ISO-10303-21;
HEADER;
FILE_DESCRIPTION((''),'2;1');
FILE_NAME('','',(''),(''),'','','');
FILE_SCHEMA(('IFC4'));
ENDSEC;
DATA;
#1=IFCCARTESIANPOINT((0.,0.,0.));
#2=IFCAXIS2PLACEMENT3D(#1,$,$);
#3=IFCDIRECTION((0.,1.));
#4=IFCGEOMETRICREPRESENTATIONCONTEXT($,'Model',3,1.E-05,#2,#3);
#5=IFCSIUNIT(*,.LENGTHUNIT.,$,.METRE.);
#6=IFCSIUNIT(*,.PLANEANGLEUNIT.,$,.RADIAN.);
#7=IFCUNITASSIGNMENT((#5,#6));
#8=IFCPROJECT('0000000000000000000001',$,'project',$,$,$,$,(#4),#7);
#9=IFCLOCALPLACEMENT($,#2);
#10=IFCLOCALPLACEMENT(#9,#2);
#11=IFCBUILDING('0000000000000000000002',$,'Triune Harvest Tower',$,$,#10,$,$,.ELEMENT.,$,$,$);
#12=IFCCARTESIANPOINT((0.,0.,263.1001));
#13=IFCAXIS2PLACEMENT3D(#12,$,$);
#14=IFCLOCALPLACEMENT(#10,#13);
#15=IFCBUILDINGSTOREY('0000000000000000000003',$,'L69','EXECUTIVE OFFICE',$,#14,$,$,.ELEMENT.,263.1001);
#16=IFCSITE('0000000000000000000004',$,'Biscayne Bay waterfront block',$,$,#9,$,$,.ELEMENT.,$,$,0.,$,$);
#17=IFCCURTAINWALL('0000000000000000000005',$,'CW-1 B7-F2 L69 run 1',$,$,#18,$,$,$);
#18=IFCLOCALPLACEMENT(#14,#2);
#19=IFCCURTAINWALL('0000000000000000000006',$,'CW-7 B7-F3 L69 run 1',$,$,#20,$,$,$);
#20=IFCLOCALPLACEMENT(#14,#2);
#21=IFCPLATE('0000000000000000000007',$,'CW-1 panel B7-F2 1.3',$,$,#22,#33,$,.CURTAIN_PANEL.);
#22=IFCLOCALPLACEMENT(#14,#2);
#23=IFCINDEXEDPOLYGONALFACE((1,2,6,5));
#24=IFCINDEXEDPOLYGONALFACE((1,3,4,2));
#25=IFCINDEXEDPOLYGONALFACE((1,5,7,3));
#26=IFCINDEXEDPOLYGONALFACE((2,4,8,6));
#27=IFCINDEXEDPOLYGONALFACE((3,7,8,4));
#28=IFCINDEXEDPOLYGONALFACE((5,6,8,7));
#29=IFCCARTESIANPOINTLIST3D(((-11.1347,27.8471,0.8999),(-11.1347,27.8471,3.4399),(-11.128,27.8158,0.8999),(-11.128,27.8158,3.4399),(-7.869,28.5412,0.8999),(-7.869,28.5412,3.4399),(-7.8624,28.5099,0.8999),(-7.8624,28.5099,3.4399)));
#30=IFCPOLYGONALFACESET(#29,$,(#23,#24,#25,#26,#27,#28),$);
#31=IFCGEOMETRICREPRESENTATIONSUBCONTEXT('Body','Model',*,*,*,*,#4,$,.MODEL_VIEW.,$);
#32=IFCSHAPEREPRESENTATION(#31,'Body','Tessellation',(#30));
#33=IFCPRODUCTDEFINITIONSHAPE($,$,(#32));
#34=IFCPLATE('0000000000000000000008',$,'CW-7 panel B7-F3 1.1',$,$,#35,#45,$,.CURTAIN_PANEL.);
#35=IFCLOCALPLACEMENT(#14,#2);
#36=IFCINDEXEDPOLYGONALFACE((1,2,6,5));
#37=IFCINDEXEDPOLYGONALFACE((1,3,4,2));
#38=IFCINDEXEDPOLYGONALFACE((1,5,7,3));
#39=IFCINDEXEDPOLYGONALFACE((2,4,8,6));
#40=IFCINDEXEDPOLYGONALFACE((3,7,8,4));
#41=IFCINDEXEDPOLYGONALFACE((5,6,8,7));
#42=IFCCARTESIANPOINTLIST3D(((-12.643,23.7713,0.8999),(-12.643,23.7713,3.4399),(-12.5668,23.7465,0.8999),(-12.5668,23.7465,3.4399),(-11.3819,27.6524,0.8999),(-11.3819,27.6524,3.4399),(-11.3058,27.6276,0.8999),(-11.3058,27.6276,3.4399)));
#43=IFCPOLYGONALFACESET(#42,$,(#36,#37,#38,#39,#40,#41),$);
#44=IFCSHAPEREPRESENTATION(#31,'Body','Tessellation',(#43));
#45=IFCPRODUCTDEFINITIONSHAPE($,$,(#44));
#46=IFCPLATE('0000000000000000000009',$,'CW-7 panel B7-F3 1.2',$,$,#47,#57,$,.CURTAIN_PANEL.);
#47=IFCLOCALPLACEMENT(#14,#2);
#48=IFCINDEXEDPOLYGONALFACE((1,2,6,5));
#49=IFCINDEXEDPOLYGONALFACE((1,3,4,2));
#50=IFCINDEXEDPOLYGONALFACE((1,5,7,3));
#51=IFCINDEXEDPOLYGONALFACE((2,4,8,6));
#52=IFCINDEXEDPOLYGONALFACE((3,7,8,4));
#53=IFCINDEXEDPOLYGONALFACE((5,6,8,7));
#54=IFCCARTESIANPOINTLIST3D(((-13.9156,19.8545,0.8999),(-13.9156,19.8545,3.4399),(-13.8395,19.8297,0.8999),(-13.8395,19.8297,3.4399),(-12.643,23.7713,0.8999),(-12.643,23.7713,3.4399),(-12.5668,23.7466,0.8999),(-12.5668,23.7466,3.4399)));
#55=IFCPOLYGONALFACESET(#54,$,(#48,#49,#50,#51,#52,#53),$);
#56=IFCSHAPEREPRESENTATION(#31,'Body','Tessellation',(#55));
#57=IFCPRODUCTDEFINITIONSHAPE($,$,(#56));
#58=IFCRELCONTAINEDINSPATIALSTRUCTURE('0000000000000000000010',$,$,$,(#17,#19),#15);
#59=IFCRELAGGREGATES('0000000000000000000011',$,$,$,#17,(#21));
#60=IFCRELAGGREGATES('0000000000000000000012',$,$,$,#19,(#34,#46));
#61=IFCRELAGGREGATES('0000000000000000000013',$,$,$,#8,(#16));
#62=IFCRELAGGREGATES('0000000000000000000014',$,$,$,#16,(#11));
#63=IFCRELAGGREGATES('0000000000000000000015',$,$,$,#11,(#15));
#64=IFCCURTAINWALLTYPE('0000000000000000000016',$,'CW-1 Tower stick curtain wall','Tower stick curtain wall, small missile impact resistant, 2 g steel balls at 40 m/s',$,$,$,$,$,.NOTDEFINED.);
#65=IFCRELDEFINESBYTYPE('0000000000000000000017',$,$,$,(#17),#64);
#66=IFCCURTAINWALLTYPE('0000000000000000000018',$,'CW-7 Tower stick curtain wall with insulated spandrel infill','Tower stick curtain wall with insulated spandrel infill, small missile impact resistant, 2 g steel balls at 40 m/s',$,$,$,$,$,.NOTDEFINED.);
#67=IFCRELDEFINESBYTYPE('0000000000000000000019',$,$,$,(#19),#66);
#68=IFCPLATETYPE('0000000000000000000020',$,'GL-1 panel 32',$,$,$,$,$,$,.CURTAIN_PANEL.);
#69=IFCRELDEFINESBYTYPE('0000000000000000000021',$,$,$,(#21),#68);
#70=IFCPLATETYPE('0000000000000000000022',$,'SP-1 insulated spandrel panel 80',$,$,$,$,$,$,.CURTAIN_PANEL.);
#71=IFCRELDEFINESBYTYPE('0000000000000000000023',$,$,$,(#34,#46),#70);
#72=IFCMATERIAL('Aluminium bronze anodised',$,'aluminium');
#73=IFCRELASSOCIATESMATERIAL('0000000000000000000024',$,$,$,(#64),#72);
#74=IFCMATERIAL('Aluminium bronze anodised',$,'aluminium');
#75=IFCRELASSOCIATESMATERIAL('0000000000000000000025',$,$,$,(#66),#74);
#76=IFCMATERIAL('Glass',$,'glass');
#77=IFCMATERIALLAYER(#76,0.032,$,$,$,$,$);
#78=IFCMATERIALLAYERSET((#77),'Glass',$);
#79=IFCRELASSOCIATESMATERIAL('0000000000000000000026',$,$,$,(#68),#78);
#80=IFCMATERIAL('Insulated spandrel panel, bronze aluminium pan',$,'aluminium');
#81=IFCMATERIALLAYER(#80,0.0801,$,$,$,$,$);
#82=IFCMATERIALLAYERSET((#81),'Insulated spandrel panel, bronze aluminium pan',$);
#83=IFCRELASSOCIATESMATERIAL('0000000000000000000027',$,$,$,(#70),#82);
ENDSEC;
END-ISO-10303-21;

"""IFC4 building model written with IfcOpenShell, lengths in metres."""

from ifc_helpers import new_model, si_unit, direction, frame, origin, origin_2d, place, context, subcontext, project, spatial, rectangle, extrude, source, transform, mapped, material, layer, layer_set, type_object, element, aggregate, save


model = new_model("IFC4")

# Units and contexts
model_context = context("Model", 3, precision=1e-05, world=origin(), true_north=direction((0.0, 1.0)))
body_context = subcontext(model_context, "Body", "Model", "MODEL_VIEW")
ifc_project = project(units=[si_unit("LENGTHUNIT", "METRE"), si_unit("PLANEANGLEUNIT", "RADIAN")], contexts=[model_context])

# Site, building, storey
site_placement = place(None, origin())
site = spatial("IfcSite", under=ifc_project, at=site_placement, Name="Biscayne Bay waterfront block", CompositionType="ELEMENT", RefElevation=0.0)
building_placement = place(site_placement, origin())
building = spatial("IfcBuilding", under=site, at=building_placement, Name="Triune Harvest Tower", CompositionType="ELEMENT")
storey_placement = place(building_placement, frame((0.0, 0.0, 263.1001)))
storey = spatial("IfcBuildingStorey", under=building, at=storey_placement, Name="L69", Description="EXECUTIVE OFFICE", CompositionType="ELEMENT", Elevation=263.1001)

# Curtain wall
ifc_material_1 = material(Name="Aluminium bronze anodised", Category="aluminium")
curtain_wall_type_1 = type_object("IfcCurtainWallType", Name="CW-1 Tower stick curtain wall", Description="Tower stick curtain wall, small missile impact resistant, 2 g steel balls at 40 m/s", PredefinedType="NOTDEFINED", material=ifc_material_1)
curtain_wall_1_placement = place(storey_placement, origin())
curtain_wall_1 = element("IfcCurtainWall", 1, at=curtain_wall_1_placement, inside=storey, type_object=curtain_wall_type_1, Name="CW-1 B7-F2 L69 run 1")

# Curtain wall
ifc_material_2 = material(Name="Aluminium bronze anodised", Category="aluminium")
curtain_wall_type_2 = type_object("IfcCurtainWallType", Name="CW-7 Tower stick curtain wall with insulated spandrel infill", Description="Tower stick curtain wall with insulated spandrel infill, small missile impact resistant, 2 g steel balls at 40 m/s", PredefinedType="NOTDEFINED", material=ifc_material_2)
curtain_wall_2_placement = place(storey_placement, origin())
curtain_wall_2 = element("IfcCurtainWall", 2, at=curtain_wall_2_placement, inside=storey, type_object=curtain_wall_type_2, Name="CW-7 B7-F3 L69 run 1")

# Plates
ifc_material_3 = material(Name="Glass", Category="glass")
ifc_layer_1 = layer(ifc_material_3, 0.032)
ifc_layer_set_1 = layer_set([ifc_layer_1], Name="Glass")
plate_type_1 = type_object("IfcPlateType", Name="GL-1 panel 32", PredefinedType="CURTAIN_PANEL", material=ifc_layer_set_1)
shared_shape_1 = source(origin(), body_context, "Body", "SweptSolid", [
    extrude(rectangle(XDim=3.3386, YDim=0.032, at=origin_2d()), origin(), (0.0, 0.0, 1.0), 2.54),
])
plate_1_placement = place(storey_placement, frame((-9.4985, 28.1785, 0.8999), z_axis=(0.0, 0.0, 1.0), x_axis=(-0.978149, -0.207905, 0.0)))
plate_1 = element("IfcPlate", 3, at=plate_1_placement, type_object=plate_type_1, Name="CW-1 panel B7-F2 1.3", PredefinedType="CURTAIN_PANEL", context=body_context, shape_type="MappedRepresentation", body=[
    mapped(shared_shape_1, transform((0.0, 0.0, 0.0), scale=1.0)),
])
aggregate(curtain_wall_1, [plate_1])
ifc_material_4 = material(Name="Insulated spandrel panel, bronze aluminium pan", Category="aluminium")
ifc_layer_2 = layer(ifc_material_4, 0.0801)
ifc_layer_set_2 = layer_set([ifc_layer_2], Name="Insulated spandrel panel, bronze aluminium pan")
plate_type_2 = type_object("IfcPlateType", Name="SP-1 insulated spandrel panel 80", PredefinedType="CURTAIN_PANEL", material=ifc_layer_set_2)
shared_shape_2 = source(origin(), body_context, "Body", "SweptSolid", [
    extrude(rectangle(XDim=4.0808, YDim=0.0801, at=origin_2d()), origin(), (0.0, 0.0, 1.0), 2.54),
])
plate_2_placement = place(storey_placement, frame((-11.9744, 25.6995, 0.8999), z_axis=(0.0, 0.0, 1.0), x_axis=(-0.309014, -0.951058, 0.0)))
plate_2 = element("IfcPlate", 4, at=plate_2_placement, type_object=plate_type_2, Name="CW-7 panel B7-F3 1.1", PredefinedType="CURTAIN_PANEL", context=body_context, shape_type="MappedRepresentation", body=[
    mapped(shared_shape_2, transform((0.0, 0.0, 0.0), scale=1.0)),
])
shared_shape_3 = source(origin(), body_context, "Body", "SweptSolid", [
    extrude(rectangle(XDim=4.1184, YDim=0.0801, at=origin_2d()), origin(), (0.0, 0.0, 1.0), 2.54),
])
plate_3_placement = place(storey_placement, frame((-13.2412, 21.8005, 0.8999), z_axis=(0.0, 0.0, 1.0), x_axis=(-0.309014, -0.951058, 0.0)))
plate_3 = element("IfcPlate", 5, at=plate_3_placement, type_object=plate_type_2, Name="CW-7 panel B7-F3 1.2", PredefinedType="CURTAIN_PANEL", context=body_context, shape_type="MappedRepresentation", body=[
    mapped(shared_shape_3, transform((0.0, 0.0, 0.0), scale=1.0)),
])
aggregate(curtain_wall_2, [plate_2, plate_3])

save(model, "model.ifc")
